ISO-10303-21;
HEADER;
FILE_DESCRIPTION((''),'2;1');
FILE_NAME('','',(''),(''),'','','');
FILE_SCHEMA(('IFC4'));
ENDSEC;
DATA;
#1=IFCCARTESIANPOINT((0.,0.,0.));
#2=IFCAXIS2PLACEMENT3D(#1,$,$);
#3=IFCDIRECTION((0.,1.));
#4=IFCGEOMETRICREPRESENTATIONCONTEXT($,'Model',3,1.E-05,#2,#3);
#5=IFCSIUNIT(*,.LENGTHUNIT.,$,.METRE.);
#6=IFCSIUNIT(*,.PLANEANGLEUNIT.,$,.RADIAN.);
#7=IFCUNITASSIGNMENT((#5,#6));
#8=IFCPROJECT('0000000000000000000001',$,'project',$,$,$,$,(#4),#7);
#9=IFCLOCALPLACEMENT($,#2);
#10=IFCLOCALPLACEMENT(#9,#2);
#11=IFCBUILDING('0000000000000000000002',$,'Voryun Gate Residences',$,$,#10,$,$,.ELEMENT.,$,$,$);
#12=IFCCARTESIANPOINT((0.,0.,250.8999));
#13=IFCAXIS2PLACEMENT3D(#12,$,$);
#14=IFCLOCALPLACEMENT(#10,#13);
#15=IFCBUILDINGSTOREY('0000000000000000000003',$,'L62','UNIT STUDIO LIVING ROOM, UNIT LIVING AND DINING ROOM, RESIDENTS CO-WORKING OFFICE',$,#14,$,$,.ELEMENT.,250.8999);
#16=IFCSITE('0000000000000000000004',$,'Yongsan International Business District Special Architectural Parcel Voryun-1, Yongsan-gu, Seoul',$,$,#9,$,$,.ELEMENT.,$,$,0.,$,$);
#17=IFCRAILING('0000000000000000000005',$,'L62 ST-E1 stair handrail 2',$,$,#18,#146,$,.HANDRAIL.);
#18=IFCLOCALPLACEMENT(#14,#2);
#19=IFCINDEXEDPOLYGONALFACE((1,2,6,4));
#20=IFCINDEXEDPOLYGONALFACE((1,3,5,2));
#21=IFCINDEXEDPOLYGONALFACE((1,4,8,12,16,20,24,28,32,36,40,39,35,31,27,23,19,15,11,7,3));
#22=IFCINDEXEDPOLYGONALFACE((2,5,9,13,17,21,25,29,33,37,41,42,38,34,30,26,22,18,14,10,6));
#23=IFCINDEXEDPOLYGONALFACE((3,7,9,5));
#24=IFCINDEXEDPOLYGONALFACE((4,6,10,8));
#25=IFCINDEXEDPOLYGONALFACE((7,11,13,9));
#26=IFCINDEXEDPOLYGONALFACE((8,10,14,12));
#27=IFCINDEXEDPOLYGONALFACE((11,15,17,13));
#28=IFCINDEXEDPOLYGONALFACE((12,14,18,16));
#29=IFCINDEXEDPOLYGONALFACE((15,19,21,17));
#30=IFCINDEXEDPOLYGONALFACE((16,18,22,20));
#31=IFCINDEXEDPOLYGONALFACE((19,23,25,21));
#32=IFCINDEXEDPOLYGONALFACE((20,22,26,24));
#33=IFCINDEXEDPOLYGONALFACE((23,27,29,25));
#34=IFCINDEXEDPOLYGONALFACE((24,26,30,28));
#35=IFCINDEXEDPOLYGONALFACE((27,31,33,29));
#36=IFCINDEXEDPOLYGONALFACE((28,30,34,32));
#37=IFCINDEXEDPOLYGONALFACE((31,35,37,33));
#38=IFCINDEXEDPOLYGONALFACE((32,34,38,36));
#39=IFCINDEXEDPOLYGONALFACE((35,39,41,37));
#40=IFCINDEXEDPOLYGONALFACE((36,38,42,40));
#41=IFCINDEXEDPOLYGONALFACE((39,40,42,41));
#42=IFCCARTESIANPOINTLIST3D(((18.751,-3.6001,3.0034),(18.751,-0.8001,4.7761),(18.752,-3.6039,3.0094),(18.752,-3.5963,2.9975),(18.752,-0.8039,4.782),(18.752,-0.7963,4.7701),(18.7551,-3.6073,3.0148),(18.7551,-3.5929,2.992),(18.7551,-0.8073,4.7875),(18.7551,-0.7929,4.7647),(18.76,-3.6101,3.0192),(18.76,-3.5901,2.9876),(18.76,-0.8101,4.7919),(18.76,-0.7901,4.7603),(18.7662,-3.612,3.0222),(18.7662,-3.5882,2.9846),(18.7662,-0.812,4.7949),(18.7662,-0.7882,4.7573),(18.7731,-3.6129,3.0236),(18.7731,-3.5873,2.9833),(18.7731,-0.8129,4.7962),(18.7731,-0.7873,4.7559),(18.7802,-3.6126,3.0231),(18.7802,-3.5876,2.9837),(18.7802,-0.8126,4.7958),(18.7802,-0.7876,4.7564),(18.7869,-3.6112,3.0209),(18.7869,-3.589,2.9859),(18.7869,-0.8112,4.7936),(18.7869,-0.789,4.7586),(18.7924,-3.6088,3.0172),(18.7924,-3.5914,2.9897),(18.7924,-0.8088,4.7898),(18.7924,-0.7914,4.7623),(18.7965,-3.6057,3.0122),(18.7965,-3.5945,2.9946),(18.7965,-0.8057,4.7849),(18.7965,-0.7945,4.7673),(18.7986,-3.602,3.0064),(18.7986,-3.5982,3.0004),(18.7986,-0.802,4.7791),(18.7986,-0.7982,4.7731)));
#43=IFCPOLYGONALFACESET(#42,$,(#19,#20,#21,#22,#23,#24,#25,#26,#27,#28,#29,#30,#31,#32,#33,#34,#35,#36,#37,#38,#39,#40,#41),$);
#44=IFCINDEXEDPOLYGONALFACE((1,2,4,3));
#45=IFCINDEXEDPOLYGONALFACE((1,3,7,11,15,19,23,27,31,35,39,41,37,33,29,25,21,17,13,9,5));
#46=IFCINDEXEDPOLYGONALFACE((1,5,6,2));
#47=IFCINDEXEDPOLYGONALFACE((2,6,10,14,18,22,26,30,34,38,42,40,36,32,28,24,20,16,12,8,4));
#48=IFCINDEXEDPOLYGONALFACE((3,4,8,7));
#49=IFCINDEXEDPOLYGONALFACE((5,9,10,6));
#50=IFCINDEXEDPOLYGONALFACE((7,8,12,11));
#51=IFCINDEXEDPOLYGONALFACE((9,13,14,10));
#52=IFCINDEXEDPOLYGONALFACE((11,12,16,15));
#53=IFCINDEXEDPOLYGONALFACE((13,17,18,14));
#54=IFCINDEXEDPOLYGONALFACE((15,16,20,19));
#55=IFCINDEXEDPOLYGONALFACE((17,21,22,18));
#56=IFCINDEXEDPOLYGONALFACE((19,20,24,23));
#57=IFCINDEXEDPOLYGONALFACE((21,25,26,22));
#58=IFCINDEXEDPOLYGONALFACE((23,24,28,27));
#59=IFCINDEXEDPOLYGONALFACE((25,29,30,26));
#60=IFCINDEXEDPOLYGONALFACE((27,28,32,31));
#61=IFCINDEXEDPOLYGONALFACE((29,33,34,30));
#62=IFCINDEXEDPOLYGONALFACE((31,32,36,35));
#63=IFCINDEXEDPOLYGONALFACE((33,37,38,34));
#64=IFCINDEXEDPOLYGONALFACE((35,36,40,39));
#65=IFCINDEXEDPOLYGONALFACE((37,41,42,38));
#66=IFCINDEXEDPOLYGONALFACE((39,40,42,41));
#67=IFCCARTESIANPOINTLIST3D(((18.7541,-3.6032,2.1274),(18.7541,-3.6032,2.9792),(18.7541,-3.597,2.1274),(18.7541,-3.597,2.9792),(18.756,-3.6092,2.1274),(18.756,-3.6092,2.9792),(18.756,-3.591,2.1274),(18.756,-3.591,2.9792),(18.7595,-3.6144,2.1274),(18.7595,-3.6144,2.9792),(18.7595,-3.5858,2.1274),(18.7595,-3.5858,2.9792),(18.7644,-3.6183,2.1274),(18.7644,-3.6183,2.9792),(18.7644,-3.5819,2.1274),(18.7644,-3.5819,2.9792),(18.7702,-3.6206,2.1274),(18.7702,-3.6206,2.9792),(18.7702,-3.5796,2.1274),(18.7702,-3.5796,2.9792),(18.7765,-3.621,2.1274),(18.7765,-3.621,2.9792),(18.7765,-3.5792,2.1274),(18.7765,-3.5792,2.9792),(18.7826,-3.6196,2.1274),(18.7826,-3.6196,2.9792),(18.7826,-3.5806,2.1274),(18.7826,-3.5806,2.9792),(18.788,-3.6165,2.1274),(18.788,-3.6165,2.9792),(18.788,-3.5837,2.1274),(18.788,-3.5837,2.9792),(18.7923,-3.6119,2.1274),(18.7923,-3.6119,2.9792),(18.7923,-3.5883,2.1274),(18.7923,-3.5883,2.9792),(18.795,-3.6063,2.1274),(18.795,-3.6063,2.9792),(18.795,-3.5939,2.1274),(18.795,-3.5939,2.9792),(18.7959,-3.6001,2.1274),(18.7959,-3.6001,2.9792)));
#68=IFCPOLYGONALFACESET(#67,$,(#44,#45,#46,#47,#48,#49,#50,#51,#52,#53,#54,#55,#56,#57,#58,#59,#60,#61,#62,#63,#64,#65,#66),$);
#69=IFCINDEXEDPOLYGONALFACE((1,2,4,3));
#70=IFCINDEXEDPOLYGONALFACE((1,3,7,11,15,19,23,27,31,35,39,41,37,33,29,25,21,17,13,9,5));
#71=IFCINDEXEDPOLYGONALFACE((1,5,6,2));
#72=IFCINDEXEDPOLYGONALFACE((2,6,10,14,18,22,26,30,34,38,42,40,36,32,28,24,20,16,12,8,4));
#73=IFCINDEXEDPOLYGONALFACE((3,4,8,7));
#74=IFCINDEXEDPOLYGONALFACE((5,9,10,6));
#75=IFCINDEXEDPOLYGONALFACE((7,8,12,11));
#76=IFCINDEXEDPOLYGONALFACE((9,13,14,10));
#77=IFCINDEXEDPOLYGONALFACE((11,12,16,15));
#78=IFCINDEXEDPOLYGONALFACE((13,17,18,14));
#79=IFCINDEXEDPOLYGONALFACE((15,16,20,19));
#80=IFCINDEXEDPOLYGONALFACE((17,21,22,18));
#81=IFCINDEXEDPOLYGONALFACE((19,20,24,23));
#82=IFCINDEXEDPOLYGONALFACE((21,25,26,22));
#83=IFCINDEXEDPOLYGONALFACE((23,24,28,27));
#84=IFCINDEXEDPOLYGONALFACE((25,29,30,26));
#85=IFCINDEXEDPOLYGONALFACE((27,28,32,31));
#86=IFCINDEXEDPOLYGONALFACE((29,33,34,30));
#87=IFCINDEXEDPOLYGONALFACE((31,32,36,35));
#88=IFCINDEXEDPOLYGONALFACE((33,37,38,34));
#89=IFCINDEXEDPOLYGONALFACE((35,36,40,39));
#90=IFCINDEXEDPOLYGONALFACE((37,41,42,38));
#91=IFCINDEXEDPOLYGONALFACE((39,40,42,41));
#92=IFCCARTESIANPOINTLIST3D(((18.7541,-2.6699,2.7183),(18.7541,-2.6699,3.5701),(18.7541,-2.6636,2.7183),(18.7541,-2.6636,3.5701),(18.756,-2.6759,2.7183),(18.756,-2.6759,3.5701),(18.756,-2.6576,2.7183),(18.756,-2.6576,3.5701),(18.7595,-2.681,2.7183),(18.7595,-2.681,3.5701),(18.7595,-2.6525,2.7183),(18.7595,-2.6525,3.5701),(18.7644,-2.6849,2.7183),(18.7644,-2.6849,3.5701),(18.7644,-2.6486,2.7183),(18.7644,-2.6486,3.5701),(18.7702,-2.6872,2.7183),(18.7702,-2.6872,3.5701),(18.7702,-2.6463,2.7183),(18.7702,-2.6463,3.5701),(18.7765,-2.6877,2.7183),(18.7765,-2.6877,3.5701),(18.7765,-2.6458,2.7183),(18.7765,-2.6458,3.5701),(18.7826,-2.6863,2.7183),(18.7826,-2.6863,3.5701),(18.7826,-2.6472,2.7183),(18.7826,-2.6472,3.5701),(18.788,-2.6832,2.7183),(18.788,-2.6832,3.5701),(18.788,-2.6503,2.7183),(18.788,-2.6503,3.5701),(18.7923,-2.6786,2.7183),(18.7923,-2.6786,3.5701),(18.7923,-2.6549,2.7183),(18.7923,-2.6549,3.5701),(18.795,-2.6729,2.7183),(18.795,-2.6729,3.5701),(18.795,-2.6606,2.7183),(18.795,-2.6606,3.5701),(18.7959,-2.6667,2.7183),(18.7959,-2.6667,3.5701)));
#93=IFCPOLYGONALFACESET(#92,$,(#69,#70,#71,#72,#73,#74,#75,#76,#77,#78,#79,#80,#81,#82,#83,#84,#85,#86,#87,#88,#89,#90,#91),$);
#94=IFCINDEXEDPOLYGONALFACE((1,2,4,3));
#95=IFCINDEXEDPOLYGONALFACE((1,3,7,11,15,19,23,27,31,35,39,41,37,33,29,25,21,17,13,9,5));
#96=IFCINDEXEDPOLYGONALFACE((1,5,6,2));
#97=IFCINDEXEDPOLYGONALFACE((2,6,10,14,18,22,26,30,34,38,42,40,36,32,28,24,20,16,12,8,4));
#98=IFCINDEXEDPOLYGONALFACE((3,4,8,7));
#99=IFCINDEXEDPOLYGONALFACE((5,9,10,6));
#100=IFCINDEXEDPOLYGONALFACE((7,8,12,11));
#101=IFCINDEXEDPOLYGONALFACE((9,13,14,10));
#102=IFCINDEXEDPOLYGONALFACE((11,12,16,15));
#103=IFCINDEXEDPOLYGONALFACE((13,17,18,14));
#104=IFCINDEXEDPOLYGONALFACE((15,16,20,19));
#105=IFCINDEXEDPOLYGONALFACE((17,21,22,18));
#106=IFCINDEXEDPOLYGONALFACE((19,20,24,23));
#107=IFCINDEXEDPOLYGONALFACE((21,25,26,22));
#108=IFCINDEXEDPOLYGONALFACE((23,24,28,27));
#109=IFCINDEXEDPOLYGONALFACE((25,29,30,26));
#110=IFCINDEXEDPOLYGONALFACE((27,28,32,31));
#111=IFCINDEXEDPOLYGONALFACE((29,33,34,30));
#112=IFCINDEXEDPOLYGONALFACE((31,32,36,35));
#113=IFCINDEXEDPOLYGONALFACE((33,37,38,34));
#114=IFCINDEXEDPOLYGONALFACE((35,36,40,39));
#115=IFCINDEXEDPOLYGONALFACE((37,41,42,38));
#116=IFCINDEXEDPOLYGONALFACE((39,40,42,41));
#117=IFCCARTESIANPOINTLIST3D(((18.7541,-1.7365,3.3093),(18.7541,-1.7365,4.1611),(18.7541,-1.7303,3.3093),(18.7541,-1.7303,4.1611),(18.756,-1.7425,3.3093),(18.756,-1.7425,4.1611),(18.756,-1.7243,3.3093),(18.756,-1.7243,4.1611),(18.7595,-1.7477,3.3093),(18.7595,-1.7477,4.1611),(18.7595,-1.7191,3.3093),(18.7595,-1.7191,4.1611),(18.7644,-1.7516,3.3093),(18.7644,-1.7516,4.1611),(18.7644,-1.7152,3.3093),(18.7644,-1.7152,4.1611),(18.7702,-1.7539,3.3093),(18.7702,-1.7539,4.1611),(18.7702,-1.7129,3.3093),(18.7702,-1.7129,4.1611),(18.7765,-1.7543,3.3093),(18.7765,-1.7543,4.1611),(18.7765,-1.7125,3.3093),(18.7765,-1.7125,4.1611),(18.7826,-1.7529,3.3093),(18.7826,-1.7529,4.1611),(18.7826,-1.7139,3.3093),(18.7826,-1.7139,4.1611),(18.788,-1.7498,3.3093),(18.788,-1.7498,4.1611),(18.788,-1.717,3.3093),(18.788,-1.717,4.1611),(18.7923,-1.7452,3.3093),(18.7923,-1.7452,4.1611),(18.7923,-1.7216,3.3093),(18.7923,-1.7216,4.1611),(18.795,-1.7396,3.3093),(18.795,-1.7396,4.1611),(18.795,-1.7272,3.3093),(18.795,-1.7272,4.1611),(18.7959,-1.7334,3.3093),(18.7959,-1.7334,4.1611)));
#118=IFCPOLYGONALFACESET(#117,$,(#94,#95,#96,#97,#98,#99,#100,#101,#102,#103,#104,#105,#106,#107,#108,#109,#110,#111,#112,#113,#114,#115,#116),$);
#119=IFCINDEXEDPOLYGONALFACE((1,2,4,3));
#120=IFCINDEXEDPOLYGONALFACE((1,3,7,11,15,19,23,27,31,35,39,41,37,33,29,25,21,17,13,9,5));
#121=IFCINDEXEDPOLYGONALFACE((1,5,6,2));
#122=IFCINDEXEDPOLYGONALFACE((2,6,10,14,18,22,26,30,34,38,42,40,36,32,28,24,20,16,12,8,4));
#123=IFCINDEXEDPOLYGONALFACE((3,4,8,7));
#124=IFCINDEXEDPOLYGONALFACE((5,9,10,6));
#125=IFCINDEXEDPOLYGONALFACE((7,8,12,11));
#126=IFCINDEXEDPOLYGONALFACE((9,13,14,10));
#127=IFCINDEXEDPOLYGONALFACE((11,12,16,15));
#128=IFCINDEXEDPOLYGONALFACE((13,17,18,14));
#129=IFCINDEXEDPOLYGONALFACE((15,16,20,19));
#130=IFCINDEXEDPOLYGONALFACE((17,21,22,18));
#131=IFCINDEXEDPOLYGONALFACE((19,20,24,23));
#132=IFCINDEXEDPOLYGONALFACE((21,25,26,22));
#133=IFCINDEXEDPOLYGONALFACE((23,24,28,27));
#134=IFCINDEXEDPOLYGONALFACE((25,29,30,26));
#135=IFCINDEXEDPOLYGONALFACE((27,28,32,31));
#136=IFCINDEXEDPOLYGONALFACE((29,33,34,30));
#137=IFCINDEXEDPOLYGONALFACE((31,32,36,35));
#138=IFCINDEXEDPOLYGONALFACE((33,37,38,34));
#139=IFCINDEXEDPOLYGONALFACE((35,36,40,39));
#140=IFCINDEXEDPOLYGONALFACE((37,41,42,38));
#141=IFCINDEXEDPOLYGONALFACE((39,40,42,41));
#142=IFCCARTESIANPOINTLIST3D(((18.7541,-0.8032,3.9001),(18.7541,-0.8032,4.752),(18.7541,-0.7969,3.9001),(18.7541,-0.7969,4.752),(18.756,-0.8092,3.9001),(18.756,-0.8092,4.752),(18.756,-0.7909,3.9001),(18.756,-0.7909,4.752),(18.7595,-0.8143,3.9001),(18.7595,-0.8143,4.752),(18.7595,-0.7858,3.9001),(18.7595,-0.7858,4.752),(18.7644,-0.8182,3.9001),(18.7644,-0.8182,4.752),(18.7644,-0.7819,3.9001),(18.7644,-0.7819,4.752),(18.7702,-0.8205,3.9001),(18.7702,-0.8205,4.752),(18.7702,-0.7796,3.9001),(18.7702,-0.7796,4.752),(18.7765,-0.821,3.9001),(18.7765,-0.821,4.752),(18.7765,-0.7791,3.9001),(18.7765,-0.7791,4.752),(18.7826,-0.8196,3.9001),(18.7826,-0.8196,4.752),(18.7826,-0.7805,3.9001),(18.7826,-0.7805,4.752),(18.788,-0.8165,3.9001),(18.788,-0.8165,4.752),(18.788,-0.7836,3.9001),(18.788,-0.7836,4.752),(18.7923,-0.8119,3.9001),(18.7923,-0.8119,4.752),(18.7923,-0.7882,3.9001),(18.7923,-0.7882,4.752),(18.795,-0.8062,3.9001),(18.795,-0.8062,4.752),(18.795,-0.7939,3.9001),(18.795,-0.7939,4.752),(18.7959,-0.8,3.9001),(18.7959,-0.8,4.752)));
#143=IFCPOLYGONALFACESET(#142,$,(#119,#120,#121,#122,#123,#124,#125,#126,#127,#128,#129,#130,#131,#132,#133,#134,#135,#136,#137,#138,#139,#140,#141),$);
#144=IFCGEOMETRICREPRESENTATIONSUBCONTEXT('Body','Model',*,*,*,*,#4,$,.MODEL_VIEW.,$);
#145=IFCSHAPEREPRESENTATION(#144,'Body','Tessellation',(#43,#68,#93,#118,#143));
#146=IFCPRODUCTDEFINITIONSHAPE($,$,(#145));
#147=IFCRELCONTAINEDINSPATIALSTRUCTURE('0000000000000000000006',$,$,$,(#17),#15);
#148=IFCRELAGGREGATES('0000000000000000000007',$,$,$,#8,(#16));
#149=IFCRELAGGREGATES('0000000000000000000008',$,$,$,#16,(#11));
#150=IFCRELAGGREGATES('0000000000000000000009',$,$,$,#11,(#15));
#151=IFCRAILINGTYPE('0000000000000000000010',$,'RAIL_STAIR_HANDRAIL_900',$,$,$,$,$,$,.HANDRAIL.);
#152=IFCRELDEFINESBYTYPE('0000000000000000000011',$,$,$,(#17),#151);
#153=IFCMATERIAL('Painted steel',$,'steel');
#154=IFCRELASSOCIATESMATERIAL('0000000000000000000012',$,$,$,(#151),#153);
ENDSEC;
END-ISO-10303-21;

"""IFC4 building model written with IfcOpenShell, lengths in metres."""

from ifc_helpers import new_model, si_unit, direction, frame, origin, origin_2d, place, context, subcontext, project, spatial, circle, extrude, material, type_object, element, save


model = new_model("IFC4")

# Units and contexts
model_context = context("Model", 3, precision=1e-05, world=origin(), true_north=direction((0.0, 1.0)))
body_context = subcontext(model_context, "Body", "Model", "MODEL_VIEW")
ifc_project = project(units=[si_unit("LENGTHUNIT", "METRE"), si_unit("PLANEANGLEUNIT", "RADIAN")], contexts=[model_context])

# Site, building, storey
site_placement = place(None, origin())
site = spatial("IfcSite", under=ifc_project, at=site_placement, Name="Yongsan International Business District Special Architectural Parcel Voryun-1, Yongsan-gu, Seoul", CompositionType="ELEMENT", RefElevation=0.0)
building_placement = place(site_placement, origin())
building = spatial("IfcBuilding", under=site, at=building_placement, Name="Voryun Gate Residences", CompositionType="ELEMENT")
storey_placement = place(building_placement, frame((0.0, 0.0, 250.8999)))
storey = spatial("IfcBuildingStorey", under=building, at=storey_placement, Name="L62", Description="UNIT STUDIO LIVING ROOM, UNIT LIVING AND DINING ROOM, RESIDENTS CO-WORKING OFFICE", CompositionType="ELEMENT", Elevation=250.8999)

# Railing
ifc_material_1 = material(Name="Painted steel", Category="steel")
railing_type_1 = type_object("IfcRailingType", Name="RAIL_STAIR_HANDRAIL_900", PredefinedType="HANDRAIL", material=ifc_material_1)
railing_1_placement = place(storey_placement, frame((18.7749, -3.6001, 2.1274)))
element("IfcRailing", 1, at=railing_1_placement, inside=storey, type_object=railing_type_1, Name="L62 ST-E1 stair handrail 2", PredefinedType="HANDRAIL", context=body_context, shape_type="SweptSolid", body=[
    extrude(circle(Radius=0.0239, at=origin_2d()), frame((0.0, 0.0, 0.876), z_axis=(0.0, 0.844909, 0.53491), x_axis=(-1.0, 0.0, 0.0)), (0.0, 0.0, 1.0), 3.314),
    extrude(circle(Radius=0.021, at=origin_2d()), origin(), (0.0, 0.0, 1.0), 0.8518),
    extrude(circle(Radius=0.021, at=origin_2d()), frame((0.0, 0.9333, 0.5908)), (0.0, 0.0, 1.0), 0.8518),
    extrude(circle(Radius=0.021, at=origin_2d()), frame((0.0, 1.8667, 1.1819)), (0.0, 0.0, 1.0), 0.8518),
    extrude(circle(Radius=0.021, at=origin_2d()), frame((0.0, 2.8, 1.7727)), (0.0, 0.0, 1.0), 0.8518),
])

save(model, "model.ifc")
